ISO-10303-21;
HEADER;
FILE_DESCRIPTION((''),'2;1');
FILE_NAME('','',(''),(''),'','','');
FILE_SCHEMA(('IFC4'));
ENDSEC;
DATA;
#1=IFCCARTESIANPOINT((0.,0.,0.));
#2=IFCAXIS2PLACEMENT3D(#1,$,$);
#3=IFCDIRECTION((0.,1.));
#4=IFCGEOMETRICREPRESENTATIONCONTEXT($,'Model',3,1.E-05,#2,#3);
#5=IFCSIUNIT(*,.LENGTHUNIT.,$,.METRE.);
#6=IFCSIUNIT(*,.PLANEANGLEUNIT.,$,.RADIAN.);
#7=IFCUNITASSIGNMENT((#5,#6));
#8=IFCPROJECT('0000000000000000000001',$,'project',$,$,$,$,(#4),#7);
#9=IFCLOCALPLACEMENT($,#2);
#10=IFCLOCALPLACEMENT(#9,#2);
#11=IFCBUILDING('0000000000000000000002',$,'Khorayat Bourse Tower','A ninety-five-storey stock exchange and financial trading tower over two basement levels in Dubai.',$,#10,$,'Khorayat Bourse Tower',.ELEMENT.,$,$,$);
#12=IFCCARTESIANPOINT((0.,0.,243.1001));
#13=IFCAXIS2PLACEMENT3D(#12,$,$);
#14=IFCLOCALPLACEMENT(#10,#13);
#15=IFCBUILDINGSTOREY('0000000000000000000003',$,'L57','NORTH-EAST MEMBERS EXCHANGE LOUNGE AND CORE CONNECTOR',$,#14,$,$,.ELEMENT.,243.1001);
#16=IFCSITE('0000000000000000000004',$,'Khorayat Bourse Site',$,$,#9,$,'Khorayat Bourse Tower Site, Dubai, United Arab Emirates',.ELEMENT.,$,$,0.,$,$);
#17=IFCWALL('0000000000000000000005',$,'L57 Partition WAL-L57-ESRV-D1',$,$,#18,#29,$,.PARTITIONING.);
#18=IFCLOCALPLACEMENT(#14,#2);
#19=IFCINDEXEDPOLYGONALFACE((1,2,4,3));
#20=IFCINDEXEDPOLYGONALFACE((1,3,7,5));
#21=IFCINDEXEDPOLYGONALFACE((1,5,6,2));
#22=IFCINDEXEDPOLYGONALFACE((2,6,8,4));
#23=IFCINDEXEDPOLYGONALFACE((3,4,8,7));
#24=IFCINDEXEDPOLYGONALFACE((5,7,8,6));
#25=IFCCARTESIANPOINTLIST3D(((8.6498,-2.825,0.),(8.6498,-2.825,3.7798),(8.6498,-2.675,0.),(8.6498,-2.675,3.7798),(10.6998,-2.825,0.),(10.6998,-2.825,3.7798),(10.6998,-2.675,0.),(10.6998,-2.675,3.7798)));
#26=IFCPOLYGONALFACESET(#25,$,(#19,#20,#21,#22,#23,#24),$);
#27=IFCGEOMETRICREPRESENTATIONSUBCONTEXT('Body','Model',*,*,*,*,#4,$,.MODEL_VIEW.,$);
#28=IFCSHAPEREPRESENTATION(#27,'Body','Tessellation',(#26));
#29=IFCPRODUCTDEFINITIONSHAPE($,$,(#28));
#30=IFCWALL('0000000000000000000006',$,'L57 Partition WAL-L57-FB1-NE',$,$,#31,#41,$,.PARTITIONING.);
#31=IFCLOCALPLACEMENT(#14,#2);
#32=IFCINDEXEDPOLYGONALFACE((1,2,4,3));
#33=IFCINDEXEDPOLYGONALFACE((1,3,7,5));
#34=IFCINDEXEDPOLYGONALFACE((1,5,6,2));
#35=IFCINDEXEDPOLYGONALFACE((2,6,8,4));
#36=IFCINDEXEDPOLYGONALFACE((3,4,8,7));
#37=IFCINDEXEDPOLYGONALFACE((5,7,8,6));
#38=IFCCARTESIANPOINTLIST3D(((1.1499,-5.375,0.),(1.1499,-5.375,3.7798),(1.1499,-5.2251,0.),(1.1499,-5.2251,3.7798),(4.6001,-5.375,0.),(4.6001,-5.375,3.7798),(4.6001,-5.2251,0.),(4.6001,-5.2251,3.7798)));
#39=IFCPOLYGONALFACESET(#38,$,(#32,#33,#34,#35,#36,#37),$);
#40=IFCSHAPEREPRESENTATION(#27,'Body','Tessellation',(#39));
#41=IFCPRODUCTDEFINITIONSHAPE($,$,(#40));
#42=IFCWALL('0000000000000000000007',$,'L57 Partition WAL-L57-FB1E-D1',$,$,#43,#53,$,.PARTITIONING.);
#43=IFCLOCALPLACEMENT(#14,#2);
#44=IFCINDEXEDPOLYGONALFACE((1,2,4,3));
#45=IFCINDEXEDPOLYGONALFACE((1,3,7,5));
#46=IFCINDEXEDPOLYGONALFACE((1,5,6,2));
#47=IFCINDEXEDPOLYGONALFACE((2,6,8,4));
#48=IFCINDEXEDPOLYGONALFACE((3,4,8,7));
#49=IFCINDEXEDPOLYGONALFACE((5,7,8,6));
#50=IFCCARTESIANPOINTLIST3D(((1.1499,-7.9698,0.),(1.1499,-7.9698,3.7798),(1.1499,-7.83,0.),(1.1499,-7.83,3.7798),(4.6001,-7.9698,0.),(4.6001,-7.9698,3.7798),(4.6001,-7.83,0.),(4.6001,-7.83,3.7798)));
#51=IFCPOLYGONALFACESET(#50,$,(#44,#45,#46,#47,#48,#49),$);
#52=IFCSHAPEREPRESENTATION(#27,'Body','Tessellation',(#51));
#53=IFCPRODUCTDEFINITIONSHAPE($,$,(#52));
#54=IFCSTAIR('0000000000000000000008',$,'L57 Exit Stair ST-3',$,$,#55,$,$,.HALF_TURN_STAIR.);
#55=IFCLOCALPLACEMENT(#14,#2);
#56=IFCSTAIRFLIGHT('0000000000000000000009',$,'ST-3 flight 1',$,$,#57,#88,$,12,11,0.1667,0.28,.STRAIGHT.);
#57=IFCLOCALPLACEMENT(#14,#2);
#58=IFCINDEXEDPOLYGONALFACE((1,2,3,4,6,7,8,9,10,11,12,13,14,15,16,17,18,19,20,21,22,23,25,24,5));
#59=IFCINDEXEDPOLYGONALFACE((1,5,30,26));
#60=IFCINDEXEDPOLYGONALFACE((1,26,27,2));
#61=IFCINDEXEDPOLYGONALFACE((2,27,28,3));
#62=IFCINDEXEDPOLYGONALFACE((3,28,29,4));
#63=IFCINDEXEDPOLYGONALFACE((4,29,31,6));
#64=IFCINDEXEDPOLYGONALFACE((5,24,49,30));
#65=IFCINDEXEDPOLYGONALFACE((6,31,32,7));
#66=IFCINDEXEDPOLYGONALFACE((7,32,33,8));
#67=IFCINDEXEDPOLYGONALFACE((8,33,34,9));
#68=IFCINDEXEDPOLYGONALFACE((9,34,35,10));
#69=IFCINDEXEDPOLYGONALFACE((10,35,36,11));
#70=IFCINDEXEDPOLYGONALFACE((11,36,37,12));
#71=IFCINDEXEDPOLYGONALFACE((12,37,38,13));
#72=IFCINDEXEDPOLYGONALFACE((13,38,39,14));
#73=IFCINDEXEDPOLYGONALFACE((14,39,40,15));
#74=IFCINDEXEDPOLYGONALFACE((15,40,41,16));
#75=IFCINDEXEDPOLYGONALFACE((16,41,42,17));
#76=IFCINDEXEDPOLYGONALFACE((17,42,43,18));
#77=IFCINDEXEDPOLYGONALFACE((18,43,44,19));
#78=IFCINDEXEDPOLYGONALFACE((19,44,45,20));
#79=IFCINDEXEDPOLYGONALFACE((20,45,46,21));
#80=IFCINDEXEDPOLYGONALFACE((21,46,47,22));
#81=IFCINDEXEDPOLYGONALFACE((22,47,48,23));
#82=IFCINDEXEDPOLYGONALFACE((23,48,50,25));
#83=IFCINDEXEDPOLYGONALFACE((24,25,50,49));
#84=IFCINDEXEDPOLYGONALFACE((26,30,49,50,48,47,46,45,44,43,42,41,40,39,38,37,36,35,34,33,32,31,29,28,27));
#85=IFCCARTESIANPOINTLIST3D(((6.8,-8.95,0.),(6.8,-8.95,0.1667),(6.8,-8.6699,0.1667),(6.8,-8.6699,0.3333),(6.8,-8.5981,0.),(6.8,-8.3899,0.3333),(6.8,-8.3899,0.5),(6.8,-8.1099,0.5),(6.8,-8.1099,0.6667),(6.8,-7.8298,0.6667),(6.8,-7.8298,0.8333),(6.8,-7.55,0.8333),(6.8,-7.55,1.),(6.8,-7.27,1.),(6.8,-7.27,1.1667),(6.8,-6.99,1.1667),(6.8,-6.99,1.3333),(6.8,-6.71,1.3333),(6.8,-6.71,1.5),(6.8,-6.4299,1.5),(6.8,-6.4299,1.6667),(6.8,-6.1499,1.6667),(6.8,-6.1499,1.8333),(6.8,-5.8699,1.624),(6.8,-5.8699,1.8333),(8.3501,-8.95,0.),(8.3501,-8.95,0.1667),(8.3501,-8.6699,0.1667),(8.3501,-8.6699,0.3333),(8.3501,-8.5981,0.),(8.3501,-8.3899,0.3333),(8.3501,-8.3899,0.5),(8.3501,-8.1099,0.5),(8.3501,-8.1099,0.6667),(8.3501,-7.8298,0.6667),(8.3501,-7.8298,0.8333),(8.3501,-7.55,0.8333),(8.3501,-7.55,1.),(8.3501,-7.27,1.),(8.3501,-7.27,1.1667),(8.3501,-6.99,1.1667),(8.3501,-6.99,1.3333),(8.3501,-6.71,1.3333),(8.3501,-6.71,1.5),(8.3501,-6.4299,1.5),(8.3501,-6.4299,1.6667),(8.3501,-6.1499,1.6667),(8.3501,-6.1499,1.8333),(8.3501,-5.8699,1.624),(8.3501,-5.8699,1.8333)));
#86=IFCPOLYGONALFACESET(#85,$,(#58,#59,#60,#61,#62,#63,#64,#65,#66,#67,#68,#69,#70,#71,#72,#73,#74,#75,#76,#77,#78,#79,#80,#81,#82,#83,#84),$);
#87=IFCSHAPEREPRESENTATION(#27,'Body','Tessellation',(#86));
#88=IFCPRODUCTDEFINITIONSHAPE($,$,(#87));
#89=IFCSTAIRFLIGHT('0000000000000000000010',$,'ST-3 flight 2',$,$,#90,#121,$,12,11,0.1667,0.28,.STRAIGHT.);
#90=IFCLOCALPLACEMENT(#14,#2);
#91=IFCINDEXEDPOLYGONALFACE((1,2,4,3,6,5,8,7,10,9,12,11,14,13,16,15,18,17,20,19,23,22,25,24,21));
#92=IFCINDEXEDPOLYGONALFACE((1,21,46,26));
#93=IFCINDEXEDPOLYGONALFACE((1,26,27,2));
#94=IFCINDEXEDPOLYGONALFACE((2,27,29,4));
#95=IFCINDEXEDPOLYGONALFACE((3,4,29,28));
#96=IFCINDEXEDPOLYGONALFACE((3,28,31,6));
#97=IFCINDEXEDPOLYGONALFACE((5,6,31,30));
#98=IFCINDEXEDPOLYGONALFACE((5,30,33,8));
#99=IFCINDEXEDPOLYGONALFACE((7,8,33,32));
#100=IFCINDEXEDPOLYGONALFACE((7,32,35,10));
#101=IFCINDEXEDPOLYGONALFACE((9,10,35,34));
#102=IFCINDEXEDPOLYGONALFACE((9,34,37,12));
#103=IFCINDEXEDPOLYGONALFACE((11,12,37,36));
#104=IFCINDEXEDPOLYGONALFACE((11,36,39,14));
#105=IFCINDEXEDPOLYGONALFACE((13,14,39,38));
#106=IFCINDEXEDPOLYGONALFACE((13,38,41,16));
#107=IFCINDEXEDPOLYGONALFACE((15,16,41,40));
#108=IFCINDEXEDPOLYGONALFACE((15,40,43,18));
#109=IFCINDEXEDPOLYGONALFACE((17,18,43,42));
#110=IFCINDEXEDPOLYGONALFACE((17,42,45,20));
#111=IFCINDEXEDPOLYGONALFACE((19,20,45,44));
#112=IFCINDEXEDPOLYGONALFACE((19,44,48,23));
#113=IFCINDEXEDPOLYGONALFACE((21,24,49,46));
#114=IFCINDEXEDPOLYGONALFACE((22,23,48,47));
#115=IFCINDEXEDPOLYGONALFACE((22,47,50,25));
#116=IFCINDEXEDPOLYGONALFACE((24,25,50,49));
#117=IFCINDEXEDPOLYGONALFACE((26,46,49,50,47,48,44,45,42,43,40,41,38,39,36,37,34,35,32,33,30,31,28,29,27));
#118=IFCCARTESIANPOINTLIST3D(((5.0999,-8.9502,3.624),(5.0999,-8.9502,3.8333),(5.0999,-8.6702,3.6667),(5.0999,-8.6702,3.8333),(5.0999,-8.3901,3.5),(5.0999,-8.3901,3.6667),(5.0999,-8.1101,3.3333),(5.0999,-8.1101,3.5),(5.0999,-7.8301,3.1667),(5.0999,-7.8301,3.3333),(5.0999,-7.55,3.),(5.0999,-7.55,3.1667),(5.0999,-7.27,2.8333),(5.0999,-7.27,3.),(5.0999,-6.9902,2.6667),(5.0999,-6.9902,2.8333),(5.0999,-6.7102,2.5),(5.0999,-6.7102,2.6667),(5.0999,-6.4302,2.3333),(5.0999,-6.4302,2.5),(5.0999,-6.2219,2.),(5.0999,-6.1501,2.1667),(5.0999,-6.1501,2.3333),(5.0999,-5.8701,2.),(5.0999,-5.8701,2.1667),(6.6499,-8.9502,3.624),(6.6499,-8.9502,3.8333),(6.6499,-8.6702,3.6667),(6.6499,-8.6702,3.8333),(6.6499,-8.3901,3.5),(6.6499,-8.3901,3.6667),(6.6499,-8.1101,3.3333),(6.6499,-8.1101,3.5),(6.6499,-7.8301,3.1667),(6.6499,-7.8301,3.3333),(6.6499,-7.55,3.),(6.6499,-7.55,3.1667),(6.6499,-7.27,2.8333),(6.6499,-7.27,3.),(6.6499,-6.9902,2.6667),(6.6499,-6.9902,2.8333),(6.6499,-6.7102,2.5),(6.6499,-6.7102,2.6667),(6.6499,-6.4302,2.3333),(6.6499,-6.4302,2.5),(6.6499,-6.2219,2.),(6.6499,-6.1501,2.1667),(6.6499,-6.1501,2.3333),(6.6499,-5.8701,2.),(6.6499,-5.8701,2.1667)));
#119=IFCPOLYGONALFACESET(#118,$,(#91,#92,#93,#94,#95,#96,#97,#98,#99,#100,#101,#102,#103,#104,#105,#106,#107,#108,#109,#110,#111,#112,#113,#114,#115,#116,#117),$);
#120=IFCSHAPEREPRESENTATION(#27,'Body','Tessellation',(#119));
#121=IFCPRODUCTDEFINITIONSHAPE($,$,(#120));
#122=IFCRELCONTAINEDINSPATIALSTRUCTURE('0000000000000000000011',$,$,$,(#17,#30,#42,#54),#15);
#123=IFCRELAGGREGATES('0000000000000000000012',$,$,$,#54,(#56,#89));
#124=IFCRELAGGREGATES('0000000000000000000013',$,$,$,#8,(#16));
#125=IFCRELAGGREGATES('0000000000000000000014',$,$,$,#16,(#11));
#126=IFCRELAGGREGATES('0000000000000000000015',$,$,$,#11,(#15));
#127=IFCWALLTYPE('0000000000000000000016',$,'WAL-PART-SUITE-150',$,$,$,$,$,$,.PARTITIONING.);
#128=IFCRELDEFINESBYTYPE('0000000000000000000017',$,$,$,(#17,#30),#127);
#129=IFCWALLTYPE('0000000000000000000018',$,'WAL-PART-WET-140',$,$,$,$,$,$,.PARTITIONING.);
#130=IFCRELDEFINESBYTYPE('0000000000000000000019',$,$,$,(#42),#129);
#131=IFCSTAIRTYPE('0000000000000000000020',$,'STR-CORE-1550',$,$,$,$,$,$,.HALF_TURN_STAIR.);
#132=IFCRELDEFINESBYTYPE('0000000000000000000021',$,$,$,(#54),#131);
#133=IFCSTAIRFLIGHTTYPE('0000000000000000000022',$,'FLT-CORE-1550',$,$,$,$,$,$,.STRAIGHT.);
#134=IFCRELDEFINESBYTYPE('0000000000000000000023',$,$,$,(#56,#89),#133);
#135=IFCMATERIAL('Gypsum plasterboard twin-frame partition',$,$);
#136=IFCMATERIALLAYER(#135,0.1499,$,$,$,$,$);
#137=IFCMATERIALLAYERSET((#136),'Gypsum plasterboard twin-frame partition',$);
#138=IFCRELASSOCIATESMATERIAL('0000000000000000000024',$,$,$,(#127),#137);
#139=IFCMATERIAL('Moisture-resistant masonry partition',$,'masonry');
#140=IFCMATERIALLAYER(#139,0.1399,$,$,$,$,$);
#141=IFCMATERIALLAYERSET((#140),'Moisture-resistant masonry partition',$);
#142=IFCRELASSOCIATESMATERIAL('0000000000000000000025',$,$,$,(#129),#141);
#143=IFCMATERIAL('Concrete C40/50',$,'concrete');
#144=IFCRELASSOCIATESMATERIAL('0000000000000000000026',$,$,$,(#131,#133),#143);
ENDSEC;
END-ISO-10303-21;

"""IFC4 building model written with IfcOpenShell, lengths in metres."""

from ifc_helpers import new_model, si_unit, direction, frame, frame_2d, origin, place, context, subcontext, project, spatial, polyline, rectangle, outline, extrude, source, transform, mapped, material, layer, layer_set, type_object, element, aggregate, save


model = new_model("IFC4")

# Units and contexts
model_context = context("Model", 3, precision=1e-05, world=origin(), true_north=direction((0.0, 1.0)))
body_context = subcontext(model_context, "Body", "Model", "MODEL_VIEW")
ifc_project = project(units=[si_unit("LENGTHUNIT", "METRE"), si_unit("PLANEANGLEUNIT", "RADIAN")], contexts=[model_context])

# Site, building, storey
site_placement = place(None, origin())
site = spatial("IfcSite", under=ifc_project, at=site_placement, Name="Khorayat Bourse Site", LongName="Khorayat Bourse Tower Site, Dubai, United Arab Emirates", CompositionType="ELEMENT", RefElevation=0.0)
building_placement = place(site_placement, origin())
building = spatial("IfcBuilding", under=site, at=building_placement, Name="Khorayat Bourse Tower", Description="A ninety-five-storey stock exchange and financial trading tower over two basement levels in Dubai.", LongName="Khorayat Bourse Tower", CompositionType="ELEMENT")
storey_placement = place(building_placement, frame((0.0, 0.0, 243.1001)))
storey = spatial("IfcBuildingStorey", under=building, at=storey_placement, Name="L57", Description="NORTH-EAST MEMBERS EXCHANGE LOUNGE AND CORE CONNECTOR", CompositionType="ELEMENT", Elevation=243.1001)

# Shared definitions
ifc_material_1 = material(Name="Concrete C40/50", Category="concrete")

# Walls
ifc_material_2 = material(Name="Gypsum plasterboard twin-frame partition")
ifc_layer_1 = layer(ifc_material_2, 0.1499)
ifc_layer_set_1 = layer_set([ifc_layer_1], Name="Gypsum plasterboard twin-frame partition")
wall_type_1 = type_object("IfcWallType", Name="WAL-PART-SUITE-150", PredefinedType="PARTITIONING", material=ifc_layer_set_1)
shared_shape_1 = source(origin(), body_context, "Body", "SweptSolid", [
    extrude(rectangle(XDim=2.05, YDim=0.1499, at=frame_2d((1.0249, 0.0))), origin(), (0.0, 0.0, 1.0), 3.7798),
])
wall_1_placement = place(storey_placement, frame((8.6499, -2.75, 0.0), z_axis=(0.0, 0.0, 1.0), x_axis=(1.0, 0.0, 0.0)))
element("IfcWall", 1, at=wall_1_placement, inside=storey, type_object=wall_type_1, Name="L57 Partition WAL-L57-ESRV-D1", PredefinedType="PARTITIONING", context=body_context, shape_type="MappedRepresentation", body=[
    mapped(shared_shape_1, transform((0.0, 0.0, 0.0), scale=1.0)),
])
shared_shape_2 = source(origin(), body_context, "Body", "SweptSolid", [
    extrude(rectangle(XDim=3.4502, YDim=0.1499, at=frame_2d((1.7251, 0.0))), origin(), (0.0, 0.0, 1.0), 3.7798),
])
wall_2_placement = place(storey_placement, frame((1.1499, -5.3, 0.0), z_axis=(0.0, 0.0, 1.0), x_axis=(1.0, 0.0, 0.0)))
element("IfcWall", 2, at=wall_2_placement, inside=storey, type_object=wall_type_1, Name="L57 Partition WAL-L57-FB1-NE", PredefinedType="PARTITIONING", context=body_context, shape_type="MappedRepresentation", body=[
    mapped(shared_shape_2, transform((0.0, 0.0, 0.0), scale=1.0)),
])
ifc_material_3 = material(Name="Moisture-resistant masonry partition", Category="masonry")
ifc_layer_2 = layer(ifc_material_3, 0.1399)
ifc_layer_set_2 = layer_set([ifc_layer_2], Name="Moisture-resistant masonry partition")
wall_type_2 = type_object("IfcWallType", Name="WAL-PART-WET-140", PredefinedType="PARTITIONING", material=ifc_layer_set_2)
shared_shape_3 = source(origin(), body_context, "Body", "SweptSolid", [
    extrude(rectangle(XDim=3.4502, YDim=0.1399, at=frame_2d((1.7251, 0.0))), origin(), (0.0, 0.0, 1.0), 3.7798),
])
wall_3_placement = place(storey_placement, frame((1.1499, -7.8999, 0.0), z_axis=(0.0, 0.0, 1.0), x_axis=(1.0, 0.0, 0.0)))
element("IfcWall", 3, at=wall_3_placement, inside=storey, type_object=wall_type_2, Name="L57 Partition WAL-L57-FB1E-D1", PredefinedType="PARTITIONING", context=body_context, shape_type="MappedRepresentation", body=[
    mapped(shared_shape_3, transform((0.0, 0.0, 0.0), scale=1.0)),
])

# Stair, stair flights
stair_type = type_object("IfcStairType", Name="STR-CORE-1550", PredefinedType="HALF_TURN_STAIR", material=ifc_material_1)
stair_placement = place(storey_placement, origin())
stair = element("IfcStair", 4, at=stair_placement, inside=storey, type_object=stair_type, Name="L57 Exit Stair ST-3", PredefinedType="HALF_TURN_STAIR")
stair_flight_type = type_object("IfcStairFlightType", Name="FLT-CORE-1550", PredefinedType="STRAIGHT", material=ifc_material_1)
shared_shape_4 = source(origin(), body_context, "Body", "SweptSolid", [
    extrude(outline(polyline([(0.0, 0.0), (0.0, 0.1667), (0.28, 0.1667), (0.28, 0.3333), (0.5601, 0.3333), (0.5601, 0.5), (0.8401, 0.5), (0.8401, 0.6667), (1.1201, 0.6667), (1.1201, 0.8333), (1.3999, 0.8333), (1.3999, 1.0), (1.6799, 1.0), (1.6799, 1.1667), (1.96, 1.1667), (1.96, 1.3333), (2.24, 1.3333), (2.24, 1.5), (2.52, 1.5), (2.52, 1.6667), (2.8, 1.6667), (2.8, 1.8333), (3.0801, 1.8333), (3.0801, 2.0), (3.0801, 1.624), (0.3518, 0.0), (0.0, 0.0)])), frame((0.0, 0.7749, 0.0), z_axis=(0.0, -1.0, 0.0), x_axis=(1.0, 0.0, 0.0)), (0.0, 0.0, 1.0), 1.55),
])
stair_flight_1_placement = place(storey_placement, frame((7.575, -8.95, 0.0), z_axis=(0.0, 0.0, 1.0), x_axis=(0.0, 1.0, 0.0)))
stair_flight_1 = element("IfcStairFlight", 5, at=stair_flight_1_placement, type_object=stair_flight_type, Name="ST-3 flight 1", NumberOfRisers=12, NumberOfTreads=11, PredefinedType="STRAIGHT", RiserHeight=0.1667, TreadLength=0.28, context=body_context, shape_type="MappedRepresentation", body=[
    mapped(shared_shape_4, transform((0.0, 0.0, 0.0), scale=1.0)),
])
stair_flight_2_placement = place(storey_placement, frame((5.875, -5.8701, 2.0), z_axis=(0.0, 0.0, 1.0), x_axis=(0.0, -1.0, 0.0)))
stair_flight_2 = element("IfcStairFlight", 6, at=stair_flight_2_placement, type_object=stair_flight_type, Name="ST-3 flight 2", NumberOfRisers=12, NumberOfTreads=11, PredefinedType="STRAIGHT", RiserHeight=0.1667, TreadLength=0.28, context=body_context, shape_type="MappedRepresentation", body=[
    mapped(shared_shape_4, transform((0.0, 0.0, 0.0), scale=1.0)),
])
aggregate(stair, [stair_flight_1, stair_flight_2])

save(model, "model.ifc")
